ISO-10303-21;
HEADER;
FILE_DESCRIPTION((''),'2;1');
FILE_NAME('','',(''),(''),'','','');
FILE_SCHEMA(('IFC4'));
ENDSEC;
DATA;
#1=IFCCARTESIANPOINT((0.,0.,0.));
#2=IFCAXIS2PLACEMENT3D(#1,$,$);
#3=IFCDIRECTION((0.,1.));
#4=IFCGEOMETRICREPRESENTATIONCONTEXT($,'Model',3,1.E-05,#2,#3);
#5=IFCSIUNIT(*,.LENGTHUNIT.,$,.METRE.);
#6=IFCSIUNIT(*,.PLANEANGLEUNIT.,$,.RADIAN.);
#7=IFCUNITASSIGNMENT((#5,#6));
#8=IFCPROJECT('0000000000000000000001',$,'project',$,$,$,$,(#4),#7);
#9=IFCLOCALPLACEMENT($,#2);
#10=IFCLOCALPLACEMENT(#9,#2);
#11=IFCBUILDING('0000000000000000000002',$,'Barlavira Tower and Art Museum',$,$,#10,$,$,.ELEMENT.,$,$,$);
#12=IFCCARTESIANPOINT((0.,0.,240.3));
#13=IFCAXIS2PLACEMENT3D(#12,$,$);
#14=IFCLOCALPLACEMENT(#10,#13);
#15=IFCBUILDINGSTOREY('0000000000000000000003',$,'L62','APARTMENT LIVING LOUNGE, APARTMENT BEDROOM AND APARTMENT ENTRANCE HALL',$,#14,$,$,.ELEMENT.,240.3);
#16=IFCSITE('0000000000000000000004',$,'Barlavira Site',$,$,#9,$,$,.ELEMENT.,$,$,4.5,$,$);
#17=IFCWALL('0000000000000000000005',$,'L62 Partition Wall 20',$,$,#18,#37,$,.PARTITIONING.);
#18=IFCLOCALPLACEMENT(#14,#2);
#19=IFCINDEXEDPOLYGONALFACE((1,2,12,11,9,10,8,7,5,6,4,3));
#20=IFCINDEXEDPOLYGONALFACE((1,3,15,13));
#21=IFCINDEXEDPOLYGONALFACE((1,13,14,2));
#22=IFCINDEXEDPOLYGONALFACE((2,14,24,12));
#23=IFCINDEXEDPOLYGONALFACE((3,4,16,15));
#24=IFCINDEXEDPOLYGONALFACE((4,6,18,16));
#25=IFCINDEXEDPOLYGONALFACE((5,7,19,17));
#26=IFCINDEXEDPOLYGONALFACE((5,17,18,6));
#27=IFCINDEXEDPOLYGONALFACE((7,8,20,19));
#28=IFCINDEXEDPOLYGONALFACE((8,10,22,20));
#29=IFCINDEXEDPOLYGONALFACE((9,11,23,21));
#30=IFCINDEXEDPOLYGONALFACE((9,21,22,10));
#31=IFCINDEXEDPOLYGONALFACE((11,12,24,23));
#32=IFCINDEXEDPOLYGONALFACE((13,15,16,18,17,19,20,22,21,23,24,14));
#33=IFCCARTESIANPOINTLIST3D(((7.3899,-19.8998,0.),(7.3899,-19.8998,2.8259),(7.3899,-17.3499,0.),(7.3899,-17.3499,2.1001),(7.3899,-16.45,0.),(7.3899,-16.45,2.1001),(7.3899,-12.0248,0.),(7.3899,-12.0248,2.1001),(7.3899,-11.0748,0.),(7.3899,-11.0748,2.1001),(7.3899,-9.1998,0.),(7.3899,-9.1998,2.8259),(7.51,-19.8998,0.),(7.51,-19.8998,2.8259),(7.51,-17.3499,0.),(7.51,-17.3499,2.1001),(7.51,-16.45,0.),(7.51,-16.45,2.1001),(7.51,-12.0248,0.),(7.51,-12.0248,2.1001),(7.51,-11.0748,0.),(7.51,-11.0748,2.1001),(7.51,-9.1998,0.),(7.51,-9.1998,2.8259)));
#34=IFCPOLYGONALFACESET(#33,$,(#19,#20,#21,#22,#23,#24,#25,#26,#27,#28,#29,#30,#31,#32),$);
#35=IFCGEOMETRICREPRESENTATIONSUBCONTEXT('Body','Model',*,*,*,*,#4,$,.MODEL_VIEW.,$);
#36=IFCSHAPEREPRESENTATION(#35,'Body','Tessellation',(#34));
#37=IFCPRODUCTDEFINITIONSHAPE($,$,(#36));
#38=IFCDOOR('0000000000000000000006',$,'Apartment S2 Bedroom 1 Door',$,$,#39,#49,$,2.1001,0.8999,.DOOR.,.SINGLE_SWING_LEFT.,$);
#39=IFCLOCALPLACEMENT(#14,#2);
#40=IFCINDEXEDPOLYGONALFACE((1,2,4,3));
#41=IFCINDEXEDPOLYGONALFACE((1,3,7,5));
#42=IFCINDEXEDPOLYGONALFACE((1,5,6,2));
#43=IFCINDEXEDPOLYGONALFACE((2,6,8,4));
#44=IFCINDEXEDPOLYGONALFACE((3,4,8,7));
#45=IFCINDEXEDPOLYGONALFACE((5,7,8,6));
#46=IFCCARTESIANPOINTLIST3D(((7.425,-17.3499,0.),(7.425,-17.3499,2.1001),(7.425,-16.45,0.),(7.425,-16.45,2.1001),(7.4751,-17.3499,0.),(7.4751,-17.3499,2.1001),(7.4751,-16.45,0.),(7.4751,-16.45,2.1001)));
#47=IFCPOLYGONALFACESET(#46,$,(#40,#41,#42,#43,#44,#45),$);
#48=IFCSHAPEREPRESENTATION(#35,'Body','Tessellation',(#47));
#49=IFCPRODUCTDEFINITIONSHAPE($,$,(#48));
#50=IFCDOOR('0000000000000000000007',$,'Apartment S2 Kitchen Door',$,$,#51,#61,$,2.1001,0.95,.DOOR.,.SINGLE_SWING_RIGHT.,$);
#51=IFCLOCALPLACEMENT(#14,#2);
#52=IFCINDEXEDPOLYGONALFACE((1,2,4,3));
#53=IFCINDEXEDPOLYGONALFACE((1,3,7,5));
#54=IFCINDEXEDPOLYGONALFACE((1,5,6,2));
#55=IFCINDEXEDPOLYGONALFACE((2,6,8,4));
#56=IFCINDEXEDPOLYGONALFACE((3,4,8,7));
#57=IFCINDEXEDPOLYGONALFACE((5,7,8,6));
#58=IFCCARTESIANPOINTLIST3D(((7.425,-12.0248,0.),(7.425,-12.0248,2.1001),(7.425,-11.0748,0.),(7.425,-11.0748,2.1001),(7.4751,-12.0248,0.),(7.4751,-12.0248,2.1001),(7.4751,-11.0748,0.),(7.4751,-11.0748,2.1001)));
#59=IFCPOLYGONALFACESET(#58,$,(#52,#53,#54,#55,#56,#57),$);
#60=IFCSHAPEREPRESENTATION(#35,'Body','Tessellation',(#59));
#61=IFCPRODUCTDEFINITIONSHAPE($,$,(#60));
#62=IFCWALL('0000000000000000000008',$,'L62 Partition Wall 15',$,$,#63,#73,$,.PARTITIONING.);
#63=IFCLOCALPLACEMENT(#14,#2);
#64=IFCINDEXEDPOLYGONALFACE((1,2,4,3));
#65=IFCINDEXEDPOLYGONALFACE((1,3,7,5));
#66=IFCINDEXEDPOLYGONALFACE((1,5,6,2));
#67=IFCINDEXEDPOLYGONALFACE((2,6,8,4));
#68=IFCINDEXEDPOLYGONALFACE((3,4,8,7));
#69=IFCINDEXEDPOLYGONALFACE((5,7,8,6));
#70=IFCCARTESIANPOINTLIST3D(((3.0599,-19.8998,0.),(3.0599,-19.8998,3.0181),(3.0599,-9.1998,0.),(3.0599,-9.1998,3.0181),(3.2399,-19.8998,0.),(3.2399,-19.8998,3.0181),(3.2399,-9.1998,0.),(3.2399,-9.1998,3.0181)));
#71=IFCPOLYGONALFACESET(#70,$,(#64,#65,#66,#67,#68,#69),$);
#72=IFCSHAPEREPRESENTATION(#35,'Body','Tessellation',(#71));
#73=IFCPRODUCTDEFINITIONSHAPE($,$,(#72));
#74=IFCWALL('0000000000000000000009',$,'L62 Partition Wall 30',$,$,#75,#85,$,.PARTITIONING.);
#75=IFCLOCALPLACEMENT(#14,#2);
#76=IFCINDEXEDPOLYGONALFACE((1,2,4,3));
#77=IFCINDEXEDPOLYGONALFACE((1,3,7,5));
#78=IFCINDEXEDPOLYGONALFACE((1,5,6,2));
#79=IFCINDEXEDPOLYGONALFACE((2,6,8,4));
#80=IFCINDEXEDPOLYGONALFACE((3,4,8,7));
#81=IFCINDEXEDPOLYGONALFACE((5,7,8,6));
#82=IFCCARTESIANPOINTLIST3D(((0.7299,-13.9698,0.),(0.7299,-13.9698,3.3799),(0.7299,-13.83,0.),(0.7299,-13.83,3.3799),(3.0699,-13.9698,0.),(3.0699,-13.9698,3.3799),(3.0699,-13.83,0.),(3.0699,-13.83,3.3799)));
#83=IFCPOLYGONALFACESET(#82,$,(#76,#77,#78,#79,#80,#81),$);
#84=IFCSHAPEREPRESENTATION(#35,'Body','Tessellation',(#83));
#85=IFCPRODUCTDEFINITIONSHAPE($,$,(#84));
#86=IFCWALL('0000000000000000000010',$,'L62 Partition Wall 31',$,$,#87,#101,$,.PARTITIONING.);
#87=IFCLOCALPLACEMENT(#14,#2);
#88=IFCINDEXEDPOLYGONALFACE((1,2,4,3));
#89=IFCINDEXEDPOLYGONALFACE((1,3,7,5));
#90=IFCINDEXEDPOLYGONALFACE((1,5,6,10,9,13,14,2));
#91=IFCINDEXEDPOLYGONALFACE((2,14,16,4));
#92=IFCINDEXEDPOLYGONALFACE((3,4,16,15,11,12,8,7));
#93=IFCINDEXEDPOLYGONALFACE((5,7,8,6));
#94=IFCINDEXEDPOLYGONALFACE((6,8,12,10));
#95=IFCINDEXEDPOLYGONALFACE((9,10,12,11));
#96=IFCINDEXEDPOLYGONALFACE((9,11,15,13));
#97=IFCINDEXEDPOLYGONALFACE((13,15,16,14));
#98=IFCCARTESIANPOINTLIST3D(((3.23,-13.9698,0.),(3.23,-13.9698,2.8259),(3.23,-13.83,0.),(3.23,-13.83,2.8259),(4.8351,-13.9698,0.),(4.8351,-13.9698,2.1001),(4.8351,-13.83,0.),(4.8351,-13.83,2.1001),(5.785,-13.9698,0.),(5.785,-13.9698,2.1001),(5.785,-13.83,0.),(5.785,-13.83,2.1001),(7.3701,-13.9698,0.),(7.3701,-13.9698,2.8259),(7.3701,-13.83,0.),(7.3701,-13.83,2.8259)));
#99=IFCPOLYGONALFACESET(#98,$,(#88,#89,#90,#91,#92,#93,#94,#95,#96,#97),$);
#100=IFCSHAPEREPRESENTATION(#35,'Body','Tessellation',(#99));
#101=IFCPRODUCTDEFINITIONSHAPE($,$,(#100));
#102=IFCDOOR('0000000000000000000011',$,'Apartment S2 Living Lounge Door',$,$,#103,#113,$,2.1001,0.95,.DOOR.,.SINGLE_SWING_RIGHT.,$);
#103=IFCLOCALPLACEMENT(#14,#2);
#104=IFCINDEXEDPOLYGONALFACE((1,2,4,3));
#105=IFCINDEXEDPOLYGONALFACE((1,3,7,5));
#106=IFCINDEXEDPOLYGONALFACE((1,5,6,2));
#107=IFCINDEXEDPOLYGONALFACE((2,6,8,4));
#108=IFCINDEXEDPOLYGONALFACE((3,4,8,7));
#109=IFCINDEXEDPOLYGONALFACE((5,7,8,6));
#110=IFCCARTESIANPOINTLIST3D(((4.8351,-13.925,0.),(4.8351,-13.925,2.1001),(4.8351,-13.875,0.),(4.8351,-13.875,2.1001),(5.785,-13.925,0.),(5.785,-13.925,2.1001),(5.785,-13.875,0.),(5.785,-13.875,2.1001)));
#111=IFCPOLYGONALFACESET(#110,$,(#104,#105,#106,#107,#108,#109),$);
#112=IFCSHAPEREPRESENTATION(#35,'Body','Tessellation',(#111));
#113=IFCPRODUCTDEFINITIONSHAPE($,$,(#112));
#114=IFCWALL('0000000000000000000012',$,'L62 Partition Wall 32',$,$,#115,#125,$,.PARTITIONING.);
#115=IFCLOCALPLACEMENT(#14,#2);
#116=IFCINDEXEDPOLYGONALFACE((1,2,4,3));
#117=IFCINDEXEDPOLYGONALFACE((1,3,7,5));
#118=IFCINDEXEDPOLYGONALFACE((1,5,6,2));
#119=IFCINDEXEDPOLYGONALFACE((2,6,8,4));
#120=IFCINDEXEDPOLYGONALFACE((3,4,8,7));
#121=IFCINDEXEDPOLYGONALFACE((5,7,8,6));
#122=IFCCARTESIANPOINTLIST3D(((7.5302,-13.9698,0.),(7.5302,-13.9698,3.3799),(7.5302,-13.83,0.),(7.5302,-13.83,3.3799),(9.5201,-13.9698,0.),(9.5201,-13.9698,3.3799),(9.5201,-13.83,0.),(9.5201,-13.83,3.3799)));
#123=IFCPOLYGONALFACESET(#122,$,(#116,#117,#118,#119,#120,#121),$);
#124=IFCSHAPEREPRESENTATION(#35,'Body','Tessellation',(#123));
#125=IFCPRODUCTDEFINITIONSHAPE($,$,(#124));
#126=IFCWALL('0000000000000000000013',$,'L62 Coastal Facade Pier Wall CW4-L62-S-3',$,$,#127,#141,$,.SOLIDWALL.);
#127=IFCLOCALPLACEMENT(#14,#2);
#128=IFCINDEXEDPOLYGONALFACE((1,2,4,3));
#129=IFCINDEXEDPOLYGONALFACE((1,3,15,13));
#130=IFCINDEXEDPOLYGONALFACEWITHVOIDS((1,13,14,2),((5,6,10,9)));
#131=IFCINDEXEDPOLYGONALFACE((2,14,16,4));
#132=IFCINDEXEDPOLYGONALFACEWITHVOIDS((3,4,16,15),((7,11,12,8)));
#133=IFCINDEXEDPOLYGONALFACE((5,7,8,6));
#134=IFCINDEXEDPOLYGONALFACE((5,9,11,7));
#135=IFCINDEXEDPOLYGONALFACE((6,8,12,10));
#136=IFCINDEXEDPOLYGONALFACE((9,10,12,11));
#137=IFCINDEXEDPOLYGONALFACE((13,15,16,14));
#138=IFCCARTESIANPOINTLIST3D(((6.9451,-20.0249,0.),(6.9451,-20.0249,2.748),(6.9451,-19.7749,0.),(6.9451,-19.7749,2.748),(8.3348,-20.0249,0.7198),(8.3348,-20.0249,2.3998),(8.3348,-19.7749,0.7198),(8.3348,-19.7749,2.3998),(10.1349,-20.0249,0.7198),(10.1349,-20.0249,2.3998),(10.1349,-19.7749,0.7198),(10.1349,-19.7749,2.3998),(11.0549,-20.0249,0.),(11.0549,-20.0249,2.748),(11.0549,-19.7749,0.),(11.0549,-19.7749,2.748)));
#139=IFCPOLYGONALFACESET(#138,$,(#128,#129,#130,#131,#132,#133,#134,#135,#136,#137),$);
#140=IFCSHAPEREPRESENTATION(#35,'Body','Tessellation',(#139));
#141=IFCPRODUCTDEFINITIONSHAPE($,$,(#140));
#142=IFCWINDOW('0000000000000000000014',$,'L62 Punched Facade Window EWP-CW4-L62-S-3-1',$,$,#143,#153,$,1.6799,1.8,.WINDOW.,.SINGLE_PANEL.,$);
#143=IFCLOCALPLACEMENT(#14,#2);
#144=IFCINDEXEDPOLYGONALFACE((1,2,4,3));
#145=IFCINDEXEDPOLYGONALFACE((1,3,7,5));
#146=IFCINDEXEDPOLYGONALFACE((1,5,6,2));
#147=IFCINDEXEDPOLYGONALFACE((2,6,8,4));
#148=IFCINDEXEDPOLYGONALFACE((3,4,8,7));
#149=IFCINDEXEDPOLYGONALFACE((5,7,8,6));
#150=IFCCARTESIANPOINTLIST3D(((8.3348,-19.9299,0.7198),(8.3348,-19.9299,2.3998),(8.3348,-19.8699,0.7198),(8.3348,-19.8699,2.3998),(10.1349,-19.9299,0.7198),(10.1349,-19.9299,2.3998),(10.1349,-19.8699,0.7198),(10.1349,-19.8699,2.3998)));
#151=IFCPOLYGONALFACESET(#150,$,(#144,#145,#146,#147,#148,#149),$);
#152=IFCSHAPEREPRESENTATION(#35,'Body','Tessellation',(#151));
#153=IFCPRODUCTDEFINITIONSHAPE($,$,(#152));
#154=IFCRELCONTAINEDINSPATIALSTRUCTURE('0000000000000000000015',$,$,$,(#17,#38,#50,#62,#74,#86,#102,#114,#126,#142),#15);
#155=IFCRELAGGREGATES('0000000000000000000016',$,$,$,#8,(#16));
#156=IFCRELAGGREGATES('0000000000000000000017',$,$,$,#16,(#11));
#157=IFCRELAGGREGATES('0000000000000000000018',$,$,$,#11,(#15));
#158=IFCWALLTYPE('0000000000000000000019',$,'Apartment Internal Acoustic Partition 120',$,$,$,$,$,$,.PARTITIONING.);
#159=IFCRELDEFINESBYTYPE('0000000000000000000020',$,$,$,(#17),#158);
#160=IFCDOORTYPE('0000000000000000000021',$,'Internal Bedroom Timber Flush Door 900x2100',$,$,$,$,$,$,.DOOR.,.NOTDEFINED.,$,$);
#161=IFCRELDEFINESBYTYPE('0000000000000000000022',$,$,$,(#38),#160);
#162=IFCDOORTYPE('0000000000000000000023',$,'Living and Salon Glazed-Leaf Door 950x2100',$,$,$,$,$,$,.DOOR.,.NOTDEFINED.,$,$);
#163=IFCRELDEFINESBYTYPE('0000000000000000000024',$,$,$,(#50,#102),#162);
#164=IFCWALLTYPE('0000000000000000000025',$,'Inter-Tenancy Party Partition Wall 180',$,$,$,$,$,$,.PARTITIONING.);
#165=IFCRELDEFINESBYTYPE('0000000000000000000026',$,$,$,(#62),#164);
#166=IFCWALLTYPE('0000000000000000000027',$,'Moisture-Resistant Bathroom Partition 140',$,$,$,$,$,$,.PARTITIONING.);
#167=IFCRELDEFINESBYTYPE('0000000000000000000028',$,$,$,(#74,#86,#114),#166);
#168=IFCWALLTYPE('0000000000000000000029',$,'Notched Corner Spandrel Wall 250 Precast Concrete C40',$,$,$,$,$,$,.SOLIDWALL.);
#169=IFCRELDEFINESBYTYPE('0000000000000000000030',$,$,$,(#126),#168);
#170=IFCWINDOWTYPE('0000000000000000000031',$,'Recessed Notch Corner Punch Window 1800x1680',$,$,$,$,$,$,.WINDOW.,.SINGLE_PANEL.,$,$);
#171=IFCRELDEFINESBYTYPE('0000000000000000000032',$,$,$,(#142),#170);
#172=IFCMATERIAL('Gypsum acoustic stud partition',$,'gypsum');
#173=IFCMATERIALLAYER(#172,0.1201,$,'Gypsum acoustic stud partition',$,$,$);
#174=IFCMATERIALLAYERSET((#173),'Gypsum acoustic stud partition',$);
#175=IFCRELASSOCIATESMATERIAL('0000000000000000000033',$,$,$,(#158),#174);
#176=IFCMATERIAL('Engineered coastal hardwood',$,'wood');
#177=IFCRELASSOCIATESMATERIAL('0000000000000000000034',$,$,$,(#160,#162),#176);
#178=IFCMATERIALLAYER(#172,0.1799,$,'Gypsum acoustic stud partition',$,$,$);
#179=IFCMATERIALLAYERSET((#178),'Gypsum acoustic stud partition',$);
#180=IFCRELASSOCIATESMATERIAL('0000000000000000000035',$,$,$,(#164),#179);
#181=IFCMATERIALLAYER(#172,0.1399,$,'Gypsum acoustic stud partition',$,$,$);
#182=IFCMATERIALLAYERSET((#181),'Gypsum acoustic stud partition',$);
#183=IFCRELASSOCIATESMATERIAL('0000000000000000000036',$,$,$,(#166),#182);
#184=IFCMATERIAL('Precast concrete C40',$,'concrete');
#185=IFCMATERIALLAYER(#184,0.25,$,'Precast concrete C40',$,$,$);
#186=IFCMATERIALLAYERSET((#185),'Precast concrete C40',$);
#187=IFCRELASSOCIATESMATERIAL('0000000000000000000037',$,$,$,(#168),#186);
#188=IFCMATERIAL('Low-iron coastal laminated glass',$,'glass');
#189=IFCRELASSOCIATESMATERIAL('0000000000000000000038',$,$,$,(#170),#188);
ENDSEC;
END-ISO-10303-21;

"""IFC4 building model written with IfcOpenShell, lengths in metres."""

from ifc_helpers import new_model, si_unit, direction, frame, frame_2d, origin, place, context, subcontext, project, spatial, rectangle, extrude, material, layer, layer_set, type_object, element, fill, save


model = new_model("IFC4")

# Units and contexts
model_context = context("Model", 3, precision=1e-05, world=origin(), true_north=direction((0.0, 1.0)))
body_context = subcontext(model_context, "Body", "Model", "MODEL_VIEW")
ifc_project = project(units=[si_unit("LENGTHUNIT", "METRE"), si_unit("PLANEANGLEUNIT", "RADIAN")], contexts=[model_context])

# Site, building, storey
site_placement = place(None, origin())
site = spatial("IfcSite", under=ifc_project, at=site_placement, Name="Barlavira Site", CompositionType="ELEMENT", RefElevation=4.5)
building_placement = place(site_placement, origin())
building = spatial("IfcBuilding", under=site, at=building_placement, Name="Barlavira Tower and Art Museum", CompositionType="ELEMENT")
storey_placement = place(building_placement, frame((0.0, 0.0, 240.3)))
storey = spatial("IfcBuildingStorey", under=building, at=storey_placement, Name="L62", Description="APARTMENT LIVING LOUNGE, APARTMENT BEDROOM AND APARTMENT ENTRANCE HALL", CompositionType="ELEMENT", Elevation=240.3)

# Shared definitions
ifc_material_1 = material(Name="Low-iron coastal laminated glass", Category="glass")

# Shared definitions
ifc_material_2 = material(Name="Gypsum acoustic stud partition", Category="gypsum")
ifc_layer_1 = layer(ifc_material_2, 0.1201, Name="Gypsum acoustic stud partition")
ifc_layer_set_1 = layer_set([ifc_layer_1], Name="Gypsum acoustic stud partition")
wall_type_1 = type_object("IfcWallType", Name="Apartment Internal Acoustic Partition 120", PredefinedType="PARTITIONING", material=ifc_layer_set_1)
ifc_material_3 = material(Name="Engineered coastal hardwood", Category="wood")
door_type_1 = type_object("IfcDoorType", Name="Internal Bedroom Timber Flush Door 900x2100", OperationType="NOTDEFINED", PredefinedType="DOOR", material=ifc_material_3)
door_type_2 = type_object("IfcDoorType", Name="Living and Salon Glazed-Leaf Door 950x2100", OperationType="NOTDEFINED", PredefinedType="DOOR", material=ifc_material_3)

# Wall, openings, doors
wall_1_placement = place(storey_placement, frame((7.45, -19.8999, 0.0), z_axis=(0.0, 0.0, 1.0), x_axis=(0.0, 1.0, 0.0)))
wall_1 = element("IfcWall", 1, at=wall_1_placement, inside=storey, type_object=wall_type_1, Name="L62 Partition Wall 20", PredefinedType="PARTITIONING", context=body_context, shape_type="SweptSolid", body=[
    extrude(rectangle(XDim=10.7, YDim=0.1201, at=frame_2d((5.3501, 0.0))), origin(), (0.0, 0.0, 1.0), 2.8259),
])
opening_1_placement = place(wall_1_placement, frame((7.875, 0.0, 0.0)))
opening_1 = element("IfcOpeningElement", 2, at=opening_1_placement, cuts=wall_1, PredefinedType="OPENING", context=body_context, shape_type="SweptSolid", body=[
    extrude(rectangle(XDim=0.95, YDim=2.1001, at=frame_2d((0.4751, 1.05))), frame((0.0, 0.0701, 0.0), z_axis=(0.0, -1.0, 0.0), x_axis=(1.0, 0.0, 0.0)), (0.0, 0.0, 1.0), 0.1401),
])
opening_2_placement = place(wall_1_placement, frame((2.55, 0.0, 0.0)))
opening_2 = element("IfcOpeningElement", 3, at=opening_2_placement, cuts=wall_1, PredefinedType="OPENING", context=body_context, shape_type="SweptSolid", body=[
    extrude(rectangle(XDim=0.8999, YDim=2.1001, at=frame_2d((0.45, 1.05))), frame((0.0, 0.0701, 0.0), z_axis=(0.0, -1.0, 0.0), x_axis=(1.0, 0.0, 0.0)), (0.0, 0.0, 1.0), 0.1401),
])
door_1_placement = place(opening_2_placement, origin())
door_1 = element("IfcDoor", 4, at=door_1_placement, inside=storey, type_object=door_type_1, Name="Apartment S2 Bedroom 1 Door", OperationType="SINGLE_SWING_LEFT", OverallHeight=2.1001, OverallWidth=0.8999, PredefinedType="DOOR", context=body_context, shape_type="SweptSolid", body=[
    extrude(rectangle(XDim=0.8999, YDim=2.1001, at=frame_2d((0.45, 1.05))), frame((0.0, 0.0249, 0.0), z_axis=(0.0, -1.0, 0.0), x_axis=(1.0, 0.0, 0.0)), (0.0, 0.0, 1.0), 0.05),
])
fill(opening_2, door_1)
door_2_placement = place(opening_1_placement, origin())
door_2 = element("IfcDoor", 5, at=door_2_placement, inside=storey, type_object=door_type_2, Name="Apartment S2 Kitchen Door", OperationType="SINGLE_SWING_RIGHT", OverallHeight=2.1001, OverallWidth=0.95, PredefinedType="DOOR", context=body_context, shape_type="SweptSolid", body=[
    extrude(rectangle(XDim=0.95, YDim=2.1001, at=frame_2d((0.4751, 1.05))), frame((0.0, 0.0249, 0.0), z_axis=(0.0, -1.0, 0.0), x_axis=(1.0, 0.0, 0.0)), (0.0, 0.0, 1.0), 0.05),
])
fill(opening_1, door_2)

# Walls
ifc_layer_2 = layer(ifc_material_2, 0.1799, Name="Gypsum acoustic stud partition")
ifc_layer_set_2 = layer_set([ifc_layer_2], Name="Gypsum acoustic stud partition")
wall_type_2 = type_object("IfcWallType", Name="Inter-Tenancy Party Partition Wall 180", PredefinedType="PARTITIONING", material=ifc_layer_set_2)
wall_2_placement = place(storey_placement, frame((3.1499, -19.8999, 0.0), z_axis=(0.0, 0.0, 1.0), x_axis=(0.0, 1.0, 0.0)))
element("IfcWall", 6, at=wall_2_placement, inside=storey, type_object=wall_type_2, Name="L62 Partition Wall 15", PredefinedType="PARTITIONING", context=body_context, shape_type="SweptSolid", body=[
    extrude(rectangle(XDim=10.7, YDim=0.1799, at=frame_2d((5.3501, 0.0))), origin(), (0.0, 0.0, 1.0), 3.0181),
])
ifc_layer_3 = layer(ifc_material_2, 0.1399, Name="Gypsum acoustic stud partition")
ifc_layer_set_3 = layer_set([ifc_layer_3], Name="Gypsum acoustic stud partition")
wall_type_3 = type_object("IfcWallType", Name="Moisture-Resistant Bathroom Partition 140", PredefinedType="PARTITIONING", material=ifc_layer_set_3)
wall_3_placement = place(storey_placement, frame((0.73, -13.8999, 0.0), z_axis=(0.0, 0.0, 1.0), x_axis=(1.0, 0.0, 0.0)))
element("IfcWall", 7, at=wall_3_placement, inside=storey, type_object=wall_type_3, Name="L62 Partition Wall 30", PredefinedType="PARTITIONING", context=body_context, shape_type="SweptSolid", body=[
    extrude(rectangle(XDim=2.3401, YDim=0.1399, at=frame_2d((1.1699, 0.0))), origin(), (0.0, 0.0, 1.0), 3.3799),
])

# Wall, opening, door
wall_4_placement = place(storey_placement, frame((3.23, -13.8999, 0.0), z_axis=(0.0, 0.0, 1.0), x_axis=(1.0, 0.0, 0.0)))
wall_4 = element("IfcWall", 8, at=wall_4_placement, inside=storey, type_object=wall_type_3, Name="L62 Partition Wall 31", PredefinedType="PARTITIONING", context=body_context, shape_type="SweptSolid", body=[
    extrude(rectangle(XDim=4.1401, YDim=0.1399, at=frame_2d((2.0701, 0.0))), origin(), (0.0, 0.0, 1.0), 2.8259),
])
opening_3_placement = place(wall_4_placement, frame((1.605, 0.0, 0.0)))
opening_3 = element("IfcOpeningElement", 9, at=opening_3_placement, cuts=wall_4, PredefinedType="OPENING", context=body_context, shape_type="SweptSolid", body=[
    extrude(rectangle(XDim=0.95, YDim=2.1001, at=frame_2d((0.4751, 1.05))), frame((0.0, 0.0801, 0.0), z_axis=(0.0, -1.0, 0.0), x_axis=(1.0, 0.0, 0.0)), (0.0, 0.0, 1.0), 0.1599),
])
door_3_placement = place(opening_3_placement, origin())
door_3 = element("IfcDoor", 10, at=door_3_placement, inside=storey, type_object=door_type_2, Name="Apartment S2 Living Lounge Door", OperationType="SINGLE_SWING_RIGHT", OverallHeight=2.1001, OverallWidth=0.95, PredefinedType="DOOR", context=body_context, shape_type="SweptSolid", body=[
    extrude(rectangle(XDim=0.95, YDim=2.1001, at=frame_2d((0.4751, 1.05))), frame((0.0, 0.0249, 0.0), z_axis=(0.0, -1.0, 0.0), x_axis=(1.0, 0.0, 0.0)), (0.0, 0.0, 1.0), 0.05),
])
fill(opening_3, door_3)

# Wall
wall_5_placement = place(storey_placement, frame((7.53, -13.8999, 0.0), z_axis=(0.0, 0.0, 1.0), x_axis=(1.0, 0.0, 0.0)))
element("IfcWall", 11, at=wall_5_placement, inside=storey, type_object=wall_type_3, Name="L62 Partition Wall 32", PredefinedType="PARTITIONING", context=body_context, shape_type="SweptSolid", body=[
    extrude(rectangle(XDim=1.99, YDim=0.1399, at=frame_2d((0.9951, 0.0))), origin(), (0.0, 0.0, 1.0), 3.3799),
])

# Wall, opening, window
ifc_material_4 = material(Name="Precast concrete C40", Category="concrete")
ifc_layer_4 = layer(ifc_material_4, 0.25, Name="Precast concrete C40")
ifc_layer_set_4 = layer_set([ifc_layer_4], Name="Precast concrete C40")
wall_type_4 = type_object("IfcWallType", Name="Notched Corner Spandrel Wall 250 Precast Concrete C40", PredefinedType="SOLIDWALL", material=ifc_layer_set_4)
wall_6_placement = place(storey_placement, frame((6.9451, -19.8999, 0.0), z_axis=(0.0, 0.0, 1.0), x_axis=(1.0, 0.0, 0.0)))
wall_6 = element("IfcWall", 12, at=wall_6_placement, inside=storey, type_object=wall_type_4, Name="L62 Coastal Facade Pier Wall CW4-L62-S-3", PredefinedType="SOLIDWALL", context=body_context, shape_type="SweptSolid", body=[
    extrude(rectangle(XDim=4.1099, YDim=0.25, at=frame_2d((2.0549, 0.0))), origin(), (0.0, 0.0, 1.0), 2.748),
])
opening_4_placement = place(wall_6_placement, frame((1.3899, 0.0, 0.72)))
opening_4 = element("IfcOpeningElement", 13, at=opening_4_placement, cuts=wall_6, PredefinedType="OPENING", context=body_context, shape_type="SweptSolid", body=[
    extrude(rectangle(XDim=1.8, YDim=1.6799, at=frame_2d((0.8999, 0.8398))), frame((0.0, 0.135, 0.0), z_axis=(0.0, -1.0, 0.0), x_axis=(1.0, 0.0, 0.0)), (0.0, 0.0, 1.0), 0.27),
])
window_type = type_object("IfcWindowType", Name="Recessed Notch Corner Punch Window 1800x1680", PartitioningType="SINGLE_PANEL", PredefinedType="WINDOW", material=ifc_material_1)
window_placement = place(opening_4_placement, origin())
window = element("IfcWindow", 14, at=window_placement, inside=storey, type_object=window_type, Name="L62 Punched Facade Window EWP-CW4-L62-S-3-1", OverallHeight=1.6799, OverallWidth=1.8, PartitioningType="SINGLE_PANEL", PredefinedType="WINDOW", context=body_context, shape_type="SweptSolid", body=[
    extrude(rectangle(XDim=1.8, YDim=1.6799, at=frame_2d((0.8999, 0.8398))), frame((0.0, 0.03, 0.0), z_axis=(0.0, -1.0, 0.0), x_axis=(1.0, 0.0, 0.0)), (0.0, 0.0, 1.0), 0.0601),
])
fill(opening_4, window)

save(model, "model.ifc")
